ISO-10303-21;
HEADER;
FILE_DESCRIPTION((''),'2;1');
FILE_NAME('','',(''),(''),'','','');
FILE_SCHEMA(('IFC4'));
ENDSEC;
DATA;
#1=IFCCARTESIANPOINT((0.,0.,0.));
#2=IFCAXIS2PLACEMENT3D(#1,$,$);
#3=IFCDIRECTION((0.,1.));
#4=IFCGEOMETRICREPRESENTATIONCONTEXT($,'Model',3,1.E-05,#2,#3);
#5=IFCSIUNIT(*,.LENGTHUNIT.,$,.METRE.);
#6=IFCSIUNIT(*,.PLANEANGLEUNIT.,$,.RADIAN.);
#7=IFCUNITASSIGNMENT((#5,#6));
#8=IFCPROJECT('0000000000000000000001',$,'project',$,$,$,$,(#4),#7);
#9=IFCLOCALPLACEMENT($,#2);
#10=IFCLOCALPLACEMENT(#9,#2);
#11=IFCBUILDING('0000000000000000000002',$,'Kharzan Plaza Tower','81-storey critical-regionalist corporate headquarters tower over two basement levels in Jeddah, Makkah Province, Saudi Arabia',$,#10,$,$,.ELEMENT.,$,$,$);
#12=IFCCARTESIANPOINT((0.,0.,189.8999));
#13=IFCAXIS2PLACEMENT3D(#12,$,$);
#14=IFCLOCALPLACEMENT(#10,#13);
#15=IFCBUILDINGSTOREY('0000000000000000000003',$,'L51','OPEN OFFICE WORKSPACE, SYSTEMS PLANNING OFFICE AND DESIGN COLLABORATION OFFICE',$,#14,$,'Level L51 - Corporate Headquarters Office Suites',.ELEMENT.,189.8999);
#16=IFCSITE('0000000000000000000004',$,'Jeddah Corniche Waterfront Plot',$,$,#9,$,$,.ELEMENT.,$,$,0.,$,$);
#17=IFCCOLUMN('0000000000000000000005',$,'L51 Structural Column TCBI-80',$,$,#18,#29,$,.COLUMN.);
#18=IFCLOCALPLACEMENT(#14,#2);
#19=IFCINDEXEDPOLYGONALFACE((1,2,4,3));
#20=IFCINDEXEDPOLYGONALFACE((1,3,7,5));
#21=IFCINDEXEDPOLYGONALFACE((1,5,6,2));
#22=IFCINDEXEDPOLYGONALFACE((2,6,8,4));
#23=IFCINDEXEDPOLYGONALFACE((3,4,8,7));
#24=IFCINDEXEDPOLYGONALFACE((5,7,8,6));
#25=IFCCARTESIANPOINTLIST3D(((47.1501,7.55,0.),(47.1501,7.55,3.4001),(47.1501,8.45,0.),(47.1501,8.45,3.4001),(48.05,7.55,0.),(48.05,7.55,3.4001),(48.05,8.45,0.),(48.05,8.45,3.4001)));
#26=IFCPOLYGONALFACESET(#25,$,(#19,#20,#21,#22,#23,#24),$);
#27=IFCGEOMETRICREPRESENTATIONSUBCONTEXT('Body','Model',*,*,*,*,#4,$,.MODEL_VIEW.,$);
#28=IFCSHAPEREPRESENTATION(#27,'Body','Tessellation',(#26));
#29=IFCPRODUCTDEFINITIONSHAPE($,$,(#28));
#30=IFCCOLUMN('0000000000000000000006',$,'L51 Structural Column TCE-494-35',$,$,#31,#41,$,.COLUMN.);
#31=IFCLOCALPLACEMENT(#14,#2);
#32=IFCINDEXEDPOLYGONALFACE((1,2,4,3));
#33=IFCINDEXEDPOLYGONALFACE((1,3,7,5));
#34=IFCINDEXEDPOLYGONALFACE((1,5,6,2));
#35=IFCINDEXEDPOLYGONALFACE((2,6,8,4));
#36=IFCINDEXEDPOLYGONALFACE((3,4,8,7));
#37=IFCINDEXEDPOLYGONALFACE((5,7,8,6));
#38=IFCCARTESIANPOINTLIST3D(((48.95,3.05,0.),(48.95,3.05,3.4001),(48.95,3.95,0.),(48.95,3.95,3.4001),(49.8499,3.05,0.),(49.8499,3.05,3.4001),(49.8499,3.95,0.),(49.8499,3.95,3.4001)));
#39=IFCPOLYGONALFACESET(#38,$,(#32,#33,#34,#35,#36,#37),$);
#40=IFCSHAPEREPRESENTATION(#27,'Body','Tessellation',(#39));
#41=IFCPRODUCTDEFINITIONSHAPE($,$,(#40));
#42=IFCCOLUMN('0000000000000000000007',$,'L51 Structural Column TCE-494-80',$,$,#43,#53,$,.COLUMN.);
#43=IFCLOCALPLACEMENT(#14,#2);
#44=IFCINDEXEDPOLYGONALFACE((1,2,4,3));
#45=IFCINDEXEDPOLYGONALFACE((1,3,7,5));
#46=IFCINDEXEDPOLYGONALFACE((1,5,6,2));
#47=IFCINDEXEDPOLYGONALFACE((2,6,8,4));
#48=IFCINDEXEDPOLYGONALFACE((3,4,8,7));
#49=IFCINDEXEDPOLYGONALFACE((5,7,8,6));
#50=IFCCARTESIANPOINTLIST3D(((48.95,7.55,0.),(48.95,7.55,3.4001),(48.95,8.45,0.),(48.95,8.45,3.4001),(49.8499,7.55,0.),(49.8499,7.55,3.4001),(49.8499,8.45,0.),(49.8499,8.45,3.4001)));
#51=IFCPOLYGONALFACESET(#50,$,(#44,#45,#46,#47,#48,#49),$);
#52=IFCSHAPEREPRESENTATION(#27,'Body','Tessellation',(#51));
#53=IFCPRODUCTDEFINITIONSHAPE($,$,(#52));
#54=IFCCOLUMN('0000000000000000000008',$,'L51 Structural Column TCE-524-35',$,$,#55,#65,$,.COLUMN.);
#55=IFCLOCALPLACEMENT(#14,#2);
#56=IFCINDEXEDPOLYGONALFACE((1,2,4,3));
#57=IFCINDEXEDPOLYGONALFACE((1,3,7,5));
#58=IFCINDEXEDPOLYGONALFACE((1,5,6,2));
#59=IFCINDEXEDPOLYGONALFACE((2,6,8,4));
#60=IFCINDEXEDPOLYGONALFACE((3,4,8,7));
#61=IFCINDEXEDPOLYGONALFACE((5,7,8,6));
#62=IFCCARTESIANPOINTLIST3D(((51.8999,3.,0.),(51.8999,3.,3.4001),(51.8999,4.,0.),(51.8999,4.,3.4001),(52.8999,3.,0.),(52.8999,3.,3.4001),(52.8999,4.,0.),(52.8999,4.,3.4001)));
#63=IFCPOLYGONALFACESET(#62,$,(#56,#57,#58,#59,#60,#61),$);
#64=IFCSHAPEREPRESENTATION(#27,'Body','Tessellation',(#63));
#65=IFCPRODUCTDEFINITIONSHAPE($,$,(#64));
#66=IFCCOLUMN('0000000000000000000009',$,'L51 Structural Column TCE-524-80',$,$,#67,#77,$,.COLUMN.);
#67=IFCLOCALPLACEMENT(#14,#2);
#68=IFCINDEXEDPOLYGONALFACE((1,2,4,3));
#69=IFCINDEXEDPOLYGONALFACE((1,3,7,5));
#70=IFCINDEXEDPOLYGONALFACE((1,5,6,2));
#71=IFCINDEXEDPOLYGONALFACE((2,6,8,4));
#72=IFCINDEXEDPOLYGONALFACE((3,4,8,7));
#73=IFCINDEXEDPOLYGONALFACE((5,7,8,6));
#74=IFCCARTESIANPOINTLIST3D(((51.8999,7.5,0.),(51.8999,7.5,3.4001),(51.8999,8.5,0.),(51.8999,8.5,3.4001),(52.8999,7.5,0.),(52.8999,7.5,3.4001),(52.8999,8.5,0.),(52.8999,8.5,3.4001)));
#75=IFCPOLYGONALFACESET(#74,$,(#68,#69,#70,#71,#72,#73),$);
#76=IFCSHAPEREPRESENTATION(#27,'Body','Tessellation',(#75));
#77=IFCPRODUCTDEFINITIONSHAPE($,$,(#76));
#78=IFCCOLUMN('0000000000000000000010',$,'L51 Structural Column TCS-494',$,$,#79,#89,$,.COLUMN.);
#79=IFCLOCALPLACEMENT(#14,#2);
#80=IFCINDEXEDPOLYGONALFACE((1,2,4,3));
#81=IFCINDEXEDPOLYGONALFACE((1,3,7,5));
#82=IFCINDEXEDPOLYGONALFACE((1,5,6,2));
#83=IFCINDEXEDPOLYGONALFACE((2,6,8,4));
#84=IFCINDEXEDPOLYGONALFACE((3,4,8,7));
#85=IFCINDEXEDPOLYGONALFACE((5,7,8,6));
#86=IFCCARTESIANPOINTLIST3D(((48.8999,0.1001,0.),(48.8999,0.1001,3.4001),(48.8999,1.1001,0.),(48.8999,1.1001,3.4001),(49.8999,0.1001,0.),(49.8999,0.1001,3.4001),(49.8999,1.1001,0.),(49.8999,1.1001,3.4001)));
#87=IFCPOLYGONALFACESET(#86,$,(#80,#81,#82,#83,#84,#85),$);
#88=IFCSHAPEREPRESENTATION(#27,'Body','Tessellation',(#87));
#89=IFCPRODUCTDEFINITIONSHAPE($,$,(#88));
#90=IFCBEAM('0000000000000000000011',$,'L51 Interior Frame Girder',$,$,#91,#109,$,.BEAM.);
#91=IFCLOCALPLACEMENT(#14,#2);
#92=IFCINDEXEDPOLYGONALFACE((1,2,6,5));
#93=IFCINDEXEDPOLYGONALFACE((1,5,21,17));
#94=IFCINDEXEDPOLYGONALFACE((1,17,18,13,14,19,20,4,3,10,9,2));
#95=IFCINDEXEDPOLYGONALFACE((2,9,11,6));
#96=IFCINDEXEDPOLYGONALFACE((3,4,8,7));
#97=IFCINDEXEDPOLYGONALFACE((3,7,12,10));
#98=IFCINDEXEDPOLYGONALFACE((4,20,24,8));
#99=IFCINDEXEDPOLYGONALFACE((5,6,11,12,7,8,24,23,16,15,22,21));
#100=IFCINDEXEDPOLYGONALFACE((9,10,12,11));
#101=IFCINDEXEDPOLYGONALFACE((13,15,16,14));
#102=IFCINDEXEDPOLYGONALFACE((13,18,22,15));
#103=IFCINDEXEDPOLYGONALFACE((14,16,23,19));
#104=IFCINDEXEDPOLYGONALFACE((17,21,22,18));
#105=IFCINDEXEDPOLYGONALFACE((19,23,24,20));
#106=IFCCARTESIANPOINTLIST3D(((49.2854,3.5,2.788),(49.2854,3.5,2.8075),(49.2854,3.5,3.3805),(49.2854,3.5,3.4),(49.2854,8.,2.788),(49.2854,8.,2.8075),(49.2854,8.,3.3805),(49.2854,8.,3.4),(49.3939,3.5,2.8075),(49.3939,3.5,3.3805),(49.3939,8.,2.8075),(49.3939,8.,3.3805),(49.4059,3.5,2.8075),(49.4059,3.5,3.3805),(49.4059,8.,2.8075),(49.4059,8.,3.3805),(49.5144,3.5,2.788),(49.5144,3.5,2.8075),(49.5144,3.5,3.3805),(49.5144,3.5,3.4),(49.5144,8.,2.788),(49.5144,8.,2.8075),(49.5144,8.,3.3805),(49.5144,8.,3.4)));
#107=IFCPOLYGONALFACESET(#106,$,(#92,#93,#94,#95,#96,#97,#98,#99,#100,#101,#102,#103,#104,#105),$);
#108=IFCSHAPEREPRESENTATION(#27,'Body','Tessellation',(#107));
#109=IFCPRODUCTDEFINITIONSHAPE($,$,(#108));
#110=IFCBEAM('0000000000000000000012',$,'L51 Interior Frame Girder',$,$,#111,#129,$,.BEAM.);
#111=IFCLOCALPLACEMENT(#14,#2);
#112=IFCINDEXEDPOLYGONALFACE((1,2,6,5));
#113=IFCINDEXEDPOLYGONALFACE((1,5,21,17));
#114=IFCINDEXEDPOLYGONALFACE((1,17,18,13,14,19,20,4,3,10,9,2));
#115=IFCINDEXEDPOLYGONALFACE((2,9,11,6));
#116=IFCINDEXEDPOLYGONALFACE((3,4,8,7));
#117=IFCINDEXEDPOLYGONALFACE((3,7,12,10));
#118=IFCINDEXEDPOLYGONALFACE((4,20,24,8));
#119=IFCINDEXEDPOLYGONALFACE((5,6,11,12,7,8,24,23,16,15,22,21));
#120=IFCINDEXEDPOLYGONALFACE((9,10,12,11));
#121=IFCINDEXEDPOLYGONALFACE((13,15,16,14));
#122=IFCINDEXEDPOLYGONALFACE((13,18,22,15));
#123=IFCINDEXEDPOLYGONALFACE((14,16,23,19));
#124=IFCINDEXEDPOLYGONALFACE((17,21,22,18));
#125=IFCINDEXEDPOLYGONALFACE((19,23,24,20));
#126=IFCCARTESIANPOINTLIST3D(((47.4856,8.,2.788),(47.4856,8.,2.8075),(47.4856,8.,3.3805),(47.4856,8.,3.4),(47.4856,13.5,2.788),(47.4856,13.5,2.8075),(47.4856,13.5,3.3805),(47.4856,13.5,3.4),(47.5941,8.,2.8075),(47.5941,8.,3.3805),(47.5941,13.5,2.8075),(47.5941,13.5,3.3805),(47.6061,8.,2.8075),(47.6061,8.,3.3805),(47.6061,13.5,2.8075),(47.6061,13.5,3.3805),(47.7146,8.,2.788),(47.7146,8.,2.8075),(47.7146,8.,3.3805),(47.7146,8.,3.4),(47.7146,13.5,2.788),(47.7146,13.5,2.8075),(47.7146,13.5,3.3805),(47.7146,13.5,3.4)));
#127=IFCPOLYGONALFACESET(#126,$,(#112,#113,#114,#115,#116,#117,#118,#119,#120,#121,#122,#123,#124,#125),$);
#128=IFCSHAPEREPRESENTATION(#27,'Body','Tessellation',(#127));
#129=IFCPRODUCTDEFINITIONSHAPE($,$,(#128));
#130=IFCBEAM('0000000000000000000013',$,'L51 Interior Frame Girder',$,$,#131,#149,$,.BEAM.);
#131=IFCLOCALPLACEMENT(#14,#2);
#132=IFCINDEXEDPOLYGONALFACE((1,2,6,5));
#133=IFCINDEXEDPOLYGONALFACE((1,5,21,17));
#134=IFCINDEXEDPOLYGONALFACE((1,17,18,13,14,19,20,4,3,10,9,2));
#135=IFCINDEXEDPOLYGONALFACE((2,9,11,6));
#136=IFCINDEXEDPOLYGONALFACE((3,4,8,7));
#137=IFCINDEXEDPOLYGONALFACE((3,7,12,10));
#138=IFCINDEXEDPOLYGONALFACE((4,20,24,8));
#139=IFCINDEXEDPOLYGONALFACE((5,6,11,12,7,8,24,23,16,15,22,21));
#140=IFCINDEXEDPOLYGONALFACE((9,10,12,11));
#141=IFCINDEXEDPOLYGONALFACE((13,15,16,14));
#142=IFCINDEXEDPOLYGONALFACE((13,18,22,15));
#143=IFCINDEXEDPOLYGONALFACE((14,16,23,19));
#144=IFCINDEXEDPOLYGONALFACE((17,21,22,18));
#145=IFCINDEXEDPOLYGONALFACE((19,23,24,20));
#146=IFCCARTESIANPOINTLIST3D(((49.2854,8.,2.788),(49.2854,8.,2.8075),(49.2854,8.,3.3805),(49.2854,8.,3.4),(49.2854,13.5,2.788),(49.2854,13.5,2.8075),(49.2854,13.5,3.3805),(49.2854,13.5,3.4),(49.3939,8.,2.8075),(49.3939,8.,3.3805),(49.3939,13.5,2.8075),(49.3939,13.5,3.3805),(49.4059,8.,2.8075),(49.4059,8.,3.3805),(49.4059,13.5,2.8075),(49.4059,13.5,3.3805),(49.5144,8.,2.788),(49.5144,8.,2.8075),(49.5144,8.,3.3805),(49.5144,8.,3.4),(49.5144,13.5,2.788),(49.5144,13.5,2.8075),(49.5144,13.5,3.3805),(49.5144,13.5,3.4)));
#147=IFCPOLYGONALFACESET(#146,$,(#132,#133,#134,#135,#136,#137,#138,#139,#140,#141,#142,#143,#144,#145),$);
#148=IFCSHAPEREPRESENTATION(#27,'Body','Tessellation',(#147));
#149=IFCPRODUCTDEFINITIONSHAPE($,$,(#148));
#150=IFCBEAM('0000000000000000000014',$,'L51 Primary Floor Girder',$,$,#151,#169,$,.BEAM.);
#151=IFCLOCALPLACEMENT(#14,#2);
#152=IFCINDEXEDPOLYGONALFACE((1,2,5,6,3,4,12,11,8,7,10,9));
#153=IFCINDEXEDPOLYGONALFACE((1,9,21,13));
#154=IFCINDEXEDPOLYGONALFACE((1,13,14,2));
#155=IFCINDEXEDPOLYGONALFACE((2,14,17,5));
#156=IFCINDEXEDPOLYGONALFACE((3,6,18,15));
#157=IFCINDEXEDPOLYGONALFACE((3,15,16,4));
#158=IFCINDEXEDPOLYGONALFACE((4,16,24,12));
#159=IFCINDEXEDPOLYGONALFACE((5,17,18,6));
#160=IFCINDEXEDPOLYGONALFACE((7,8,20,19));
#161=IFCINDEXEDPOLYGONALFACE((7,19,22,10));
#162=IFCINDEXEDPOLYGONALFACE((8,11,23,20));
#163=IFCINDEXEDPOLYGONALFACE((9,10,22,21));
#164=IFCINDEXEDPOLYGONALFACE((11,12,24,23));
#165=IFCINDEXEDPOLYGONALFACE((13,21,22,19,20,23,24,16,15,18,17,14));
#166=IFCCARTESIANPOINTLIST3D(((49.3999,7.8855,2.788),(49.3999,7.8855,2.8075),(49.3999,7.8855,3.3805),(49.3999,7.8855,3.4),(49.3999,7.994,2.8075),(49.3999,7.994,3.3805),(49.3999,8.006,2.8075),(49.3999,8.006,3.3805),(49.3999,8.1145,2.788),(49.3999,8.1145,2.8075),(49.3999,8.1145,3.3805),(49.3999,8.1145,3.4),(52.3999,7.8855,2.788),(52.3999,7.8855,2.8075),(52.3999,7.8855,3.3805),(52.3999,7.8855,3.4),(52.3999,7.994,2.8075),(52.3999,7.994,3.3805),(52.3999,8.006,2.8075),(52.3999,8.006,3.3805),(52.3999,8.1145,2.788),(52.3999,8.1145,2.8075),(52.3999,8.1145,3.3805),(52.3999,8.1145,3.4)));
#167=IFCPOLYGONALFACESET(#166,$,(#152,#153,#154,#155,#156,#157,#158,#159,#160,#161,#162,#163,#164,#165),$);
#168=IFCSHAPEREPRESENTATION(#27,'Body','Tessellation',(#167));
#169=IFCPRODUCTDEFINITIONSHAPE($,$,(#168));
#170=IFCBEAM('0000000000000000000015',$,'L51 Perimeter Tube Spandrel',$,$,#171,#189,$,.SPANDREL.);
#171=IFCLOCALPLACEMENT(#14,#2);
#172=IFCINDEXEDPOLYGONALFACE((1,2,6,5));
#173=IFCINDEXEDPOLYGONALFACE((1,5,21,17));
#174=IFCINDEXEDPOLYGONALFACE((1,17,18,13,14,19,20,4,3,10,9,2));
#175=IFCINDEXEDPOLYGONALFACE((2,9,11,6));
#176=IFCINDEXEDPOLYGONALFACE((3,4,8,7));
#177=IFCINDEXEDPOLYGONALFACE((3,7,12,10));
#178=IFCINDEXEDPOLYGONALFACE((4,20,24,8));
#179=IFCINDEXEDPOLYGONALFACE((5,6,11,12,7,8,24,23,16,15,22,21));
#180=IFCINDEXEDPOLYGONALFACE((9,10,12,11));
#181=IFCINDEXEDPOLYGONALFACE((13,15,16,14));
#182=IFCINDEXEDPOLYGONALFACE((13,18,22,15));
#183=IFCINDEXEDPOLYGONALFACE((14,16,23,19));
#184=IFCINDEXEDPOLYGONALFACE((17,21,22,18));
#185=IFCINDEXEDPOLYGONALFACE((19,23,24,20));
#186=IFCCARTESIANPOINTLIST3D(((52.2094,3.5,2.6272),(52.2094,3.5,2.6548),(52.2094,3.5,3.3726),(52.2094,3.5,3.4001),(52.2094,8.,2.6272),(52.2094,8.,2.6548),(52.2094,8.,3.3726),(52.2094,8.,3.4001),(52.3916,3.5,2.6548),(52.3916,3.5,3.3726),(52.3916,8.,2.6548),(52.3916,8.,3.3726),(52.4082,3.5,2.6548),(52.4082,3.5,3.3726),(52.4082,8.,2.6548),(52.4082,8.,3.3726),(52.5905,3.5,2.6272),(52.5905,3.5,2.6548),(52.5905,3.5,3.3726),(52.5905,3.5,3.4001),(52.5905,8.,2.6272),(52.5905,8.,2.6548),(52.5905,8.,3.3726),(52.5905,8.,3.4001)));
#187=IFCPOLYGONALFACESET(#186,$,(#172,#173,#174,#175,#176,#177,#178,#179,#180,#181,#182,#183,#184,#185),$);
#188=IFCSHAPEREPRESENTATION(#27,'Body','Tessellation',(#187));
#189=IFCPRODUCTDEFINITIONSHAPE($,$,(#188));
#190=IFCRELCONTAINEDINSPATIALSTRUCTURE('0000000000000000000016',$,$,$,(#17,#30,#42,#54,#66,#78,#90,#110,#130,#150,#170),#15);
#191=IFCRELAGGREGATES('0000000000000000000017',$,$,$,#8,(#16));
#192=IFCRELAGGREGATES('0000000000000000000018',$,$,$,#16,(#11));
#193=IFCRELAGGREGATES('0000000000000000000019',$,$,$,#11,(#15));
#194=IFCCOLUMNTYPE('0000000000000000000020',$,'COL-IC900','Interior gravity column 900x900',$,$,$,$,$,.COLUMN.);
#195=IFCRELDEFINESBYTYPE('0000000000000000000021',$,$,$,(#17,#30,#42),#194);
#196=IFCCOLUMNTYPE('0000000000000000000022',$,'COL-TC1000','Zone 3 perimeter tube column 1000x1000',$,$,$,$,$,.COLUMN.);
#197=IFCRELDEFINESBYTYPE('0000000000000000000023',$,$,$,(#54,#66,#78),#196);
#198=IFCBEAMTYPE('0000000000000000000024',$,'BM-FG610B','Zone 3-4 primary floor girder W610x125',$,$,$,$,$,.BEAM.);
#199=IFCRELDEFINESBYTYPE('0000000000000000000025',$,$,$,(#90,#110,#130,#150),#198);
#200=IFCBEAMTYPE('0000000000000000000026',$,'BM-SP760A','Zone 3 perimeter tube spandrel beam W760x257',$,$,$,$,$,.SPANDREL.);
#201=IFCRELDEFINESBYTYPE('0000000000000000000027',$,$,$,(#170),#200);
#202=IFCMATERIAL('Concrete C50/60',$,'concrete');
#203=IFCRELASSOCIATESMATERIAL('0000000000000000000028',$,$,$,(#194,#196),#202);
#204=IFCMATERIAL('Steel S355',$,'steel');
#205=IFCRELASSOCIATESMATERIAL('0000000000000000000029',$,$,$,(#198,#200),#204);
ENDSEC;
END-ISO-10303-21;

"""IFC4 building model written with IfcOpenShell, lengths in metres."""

from ifc_helpers import new_model, si_unit, direction, frame, origin, origin_2d, place, context, subcontext, project, spatial, rectangle, i_section, extrude, source, transform, mapped, material, material_profile, profile_set, type_object, element, save


model = new_model("IFC4")

# Units and contexts
model_context = context("Model", 3, precision=1e-05, world=origin(), true_north=direction((0.0, 1.0)))
body_context = subcontext(model_context, "Body", "Model", "MODEL_VIEW")
ifc_project = project(units=[si_unit("LENGTHUNIT", "METRE"), si_unit("PLANEANGLEUNIT", "RADIAN")], contexts=[model_context])

# Site, building, storey
site_placement = place(None, origin())
site = spatial("IfcSite", under=ifc_project, at=site_placement, Name="Jeddah Corniche Waterfront Plot", CompositionType="ELEMENT", RefElevation=0.0)
building_placement = place(site_placement, origin())
building = spatial("IfcBuilding", under=site, at=building_placement, Name="Kharzan Plaza Tower", Description="81-storey critical-regionalist corporate headquarters tower over two basement levels in Jeddah, Makkah Province, Saudi Arabia", CompositionType="ELEMENT")
storey_placement = place(building_placement, frame((0.0, 0.0, 189.8999)))
storey = spatial("IfcBuildingStorey", under=building, at=storey_placement, Name="L51", Description="OPEN OFFICE WORKSPACE, SYSTEMS PLANNING OFFICE AND DESIGN COLLABORATION OFFICE", LongName="Level L51 - Corporate Headquarters Office Suites", CompositionType="ELEMENT", Elevation=189.8999)

# Columns
ifc_material_1 = material(Name="Concrete C50/60", Category="concrete")
ifc_material_profile_1 = material_profile(ifc_material_1, rectangle(XDim=0.8999, YDim=0.8999, at=origin_2d()), Name="RC-IC900x900")
ifc_profile_set_1 = profile_set([ifc_material_profile_1], Name="Concrete C50/60")
column_type_1 = type_object("IfcColumnType", Name="COL-IC900", Description="Interior gravity column 900x900", PredefinedType="COLUMN", material=ifc_profile_set_1)
shared_shape_1 = source(origin(), body_context, "Body", "SweptSolid", [
    extrude(rectangle(XDim=0.8999, YDim=0.8999, at=origin_2d()), origin(), (0.0, 0.0, 1.0), 3.4001),
])
for number, where, z_axis, x_axis, name in (
    (1, (47.6001, 8.0, 0.0), (0.0, 0.0, 1.0), (1.0, 0.0, 0.0), "L51 Structural Column TCBI-80"),
    (2, (49.3999, 3.5, 0.0), (0.0, 0.0, 1.0), (1.0, 0.0, 0.0), "L51 Structural Column TCE-494-35"),
    (3, (49.3999, 8.0, 0.0), (0.0, 0.0, 1.0), (1.0, 0.0, 0.0), "L51 Structural Column TCE-494-80"),
):
    element("IfcColumn", number, at=place(storey_placement, frame(where, z_axis=z_axis, x_axis=x_axis)), inside=storey, type_object=column_type_1, Name=name, PredefinedType="COLUMN", context=body_context, shape_type="MappedRepresentation", body=[
        mapped(shared_shape_1, transform((0.0, 0.0, 0.0), x_axis=(1.0, 0.0, 0.0), y_axis=(0.0, 1.0, 0.0), z_axis=(0.0, 0.0, 1.0))),
    ])
ifc_material_profile_2 = material_profile(ifc_material_1, rectangle(XDim=1.0, YDim=1.0, at=origin_2d()), Name="RC-TC1000x1000")
ifc_profile_set_2 = profile_set([ifc_material_profile_2], Name="Concrete C50/60")
column_type_2 = type_object("IfcColumnType", Name="COL-TC1000", Description="Zone 3 perimeter tube column 1000x1000", PredefinedType="COLUMN", material=ifc_profile_set_2)
shared_shape_2 = source(origin(), body_context, "Body", "SweptSolid", [
    extrude(rectangle(XDim=1.0, YDim=1.0, at=origin_2d()), origin(), (0.0, 0.0, 1.0), 3.4001),
])
for number, where, z_axis, x_axis, name in (
    (4, (52.3999, 3.5, 0.0), (0.0, 0.0, 1.0), (1.0, 0.0, 0.0), "L51 Structural Column TCE-524-35"),
    (5, (52.3999, 8.0, 0.0), (0.0, 0.0, 1.0), (1.0, 0.0, 0.0), "L51 Structural Column TCE-524-80"),
    (6, (49.3999, 0.6001, 0.0), (0.0, 0.0, 1.0), (1.0, 0.0, 0.0), "L51 Structural Column TCS-494"),
):
    element("IfcColumn", number, at=place(storey_placement, frame(where, z_axis=z_axis, x_axis=x_axis)), inside=storey, type_object=column_type_2, Name=name, PredefinedType="COLUMN", context=body_context, shape_type="MappedRepresentation", body=[
        mapped(shared_shape_2, transform((0.0, 0.0, 0.0), x_axis=(1.0, 0.0, 0.0), y_axis=(0.0, 1.0, 0.0), z_axis=(0.0, 0.0, 1.0))),
    ])

# Beams
ifc_material_2 = material(Name="Steel S355", Category="steel")
ifc_material_profile_3 = material_profile(ifc_material_2, i_section(OverallWidth=0.229, OverallDepth=0.6121, WebThickness=0.012, FlangeThickness=0.0195, at=origin_2d()), Name="W610x125")
ifc_profile_set_3 = profile_set([ifc_material_profile_3], Name="Steel S355")
beam_type_1 = type_object("IfcBeamType", Name="BM-FG610B", Description="Zone 3-4 primary floor girder W610x125", PredefinedType="BEAM", material=ifc_profile_set_3)
shared_shape_3 = source(origin(), body_context, "Body", "SweptSolid", [
    extrude(i_section(OverallWidth=0.229, OverallDepth=0.6121, WebThickness=0.012, FlangeThickness=0.0195, at=origin_2d()), origin(), (0.0, 0.0, 1.0), 4.5),
])
beam_1_placement = place(storey_placement, frame((49.3999, 3.5, 3.094), z_axis=(0.0, 1.0, 0.0), x_axis=(-1.0, 0.0, 0.0)))
element("IfcBeam", 7, at=beam_1_placement, inside=storey, type_object=beam_type_1, Name="L51 Interior Frame Girder", PredefinedType="BEAM", context=body_context, shape_type="MappedRepresentation", body=[
    mapped(shared_shape_3, transform((0.0, 0.0, 0.0), x_axis=(1.0, 0.0, 0.0), y_axis=(0.0, 1.0, 0.0), z_axis=(0.0, 0.0, 1.0))),
])
shared_shape_4 = source(origin(), body_context, "Body", "SweptSolid", [
    extrude(i_section(OverallWidth=0.229, OverallDepth=0.6121, WebThickness=0.012, FlangeThickness=0.0195, at=origin_2d()), origin(), (0.0, 0.0, 1.0), 5.5),
])
for number, where, z_axis, x_axis, name in (
    (8, (47.6001, 8.0, 3.094), (0.0, 1.0, 0.0), (-1.0, 0.0, 0.0), "L51 Interior Frame Girder"),
    (9, (49.3999, 8.0, 3.094), (0.0, 1.0, 0.0), (-1.0, 0.0, 0.0), "L51 Interior Frame Girder"),
):
    element("IfcBeam", number, at=place(storey_placement, frame(where, z_axis=z_axis, x_axis=x_axis)), inside=storey, type_object=beam_type_1, Name=name, PredefinedType="BEAM", context=body_context, shape_type="MappedRepresentation", body=[
        mapped(shared_shape_4, transform((0.0, 0.0, 0.0), x_axis=(1.0, 0.0, 0.0), y_axis=(0.0, 1.0, 0.0), z_axis=(0.0, 0.0, 1.0))),
    ])
shared_shape_5 = source(origin(), body_context, "Body", "SweptSolid", [
    extrude(i_section(OverallWidth=0.229, OverallDepth=0.6121, WebThickness=0.012, FlangeThickness=0.0195, at=origin_2d()), origin(), (0.0, 0.0, 1.0), 3.0),
])
beam_2_placement = place(storey_placement, frame((49.3999, 8.0, 3.094), z_axis=(1.0, 0.0, 0.0), x_axis=(0.0, 1.0, 0.0)))
element("IfcBeam", 10, at=beam_2_placement, inside=storey, type_object=beam_type_1, Name="L51 Primary Floor Girder", PredefinedType="BEAM", context=body_context, shape_type="MappedRepresentation", body=[
    mapped(shared_shape_5, transform((0.0, 0.0, 0.0), x_axis=(1.0, 0.0, 0.0), y_axis=(0.0, 1.0, 0.0), z_axis=(0.0, 0.0, 1.0))),
])
ifc_material_profile_4 = material_profile(ifc_material_2, i_section(OverallWidth=0.3811, OverallDepth=0.7729, WebThickness=0.0166, FlangeThickness=0.0276, at=origin_2d()), Name="W760x257")
ifc_profile_set_4 = profile_set([ifc_material_profile_4], Name="Steel S355")
beam_type_2 = type_object("IfcBeamType", Name="BM-SP760A", Description="Zone 3 perimeter tube spandrel beam W760x257", PredefinedType="SPANDREL", material=ifc_profile_set_4)
shared_shape_6 = source(origin(), body_context, "Body", "SweptSolid", [
    extrude(i_section(OverallWidth=0.3811, OverallDepth=0.7729, WebThickness=0.0166, FlangeThickness=0.0276, at=origin_2d()), origin(), (0.0, 0.0, 1.0), 4.5),
])
beam_3_placement = place(storey_placement, frame((52.3999, 3.5, 3.0137), z_axis=(0.0, 1.0, 0.0), x_axis=(-1.0, 0.0, 0.0)))
element("IfcBeam", 11, at=beam_3_placement, inside=storey, type_object=beam_type_2, Name="L51 Perimeter Tube Spandrel", PredefinedType="SPANDREL", context=body_context, shape_type="MappedRepresentation", body=[
    mapped(shared_shape_6, transform((0.0, 0.0, 0.0), x_axis=(1.0, 0.0, 0.0), y_axis=(0.0, 1.0, 0.0), z_axis=(0.0, 0.0, 1.0))),
])

save(model, "model.ifc")
